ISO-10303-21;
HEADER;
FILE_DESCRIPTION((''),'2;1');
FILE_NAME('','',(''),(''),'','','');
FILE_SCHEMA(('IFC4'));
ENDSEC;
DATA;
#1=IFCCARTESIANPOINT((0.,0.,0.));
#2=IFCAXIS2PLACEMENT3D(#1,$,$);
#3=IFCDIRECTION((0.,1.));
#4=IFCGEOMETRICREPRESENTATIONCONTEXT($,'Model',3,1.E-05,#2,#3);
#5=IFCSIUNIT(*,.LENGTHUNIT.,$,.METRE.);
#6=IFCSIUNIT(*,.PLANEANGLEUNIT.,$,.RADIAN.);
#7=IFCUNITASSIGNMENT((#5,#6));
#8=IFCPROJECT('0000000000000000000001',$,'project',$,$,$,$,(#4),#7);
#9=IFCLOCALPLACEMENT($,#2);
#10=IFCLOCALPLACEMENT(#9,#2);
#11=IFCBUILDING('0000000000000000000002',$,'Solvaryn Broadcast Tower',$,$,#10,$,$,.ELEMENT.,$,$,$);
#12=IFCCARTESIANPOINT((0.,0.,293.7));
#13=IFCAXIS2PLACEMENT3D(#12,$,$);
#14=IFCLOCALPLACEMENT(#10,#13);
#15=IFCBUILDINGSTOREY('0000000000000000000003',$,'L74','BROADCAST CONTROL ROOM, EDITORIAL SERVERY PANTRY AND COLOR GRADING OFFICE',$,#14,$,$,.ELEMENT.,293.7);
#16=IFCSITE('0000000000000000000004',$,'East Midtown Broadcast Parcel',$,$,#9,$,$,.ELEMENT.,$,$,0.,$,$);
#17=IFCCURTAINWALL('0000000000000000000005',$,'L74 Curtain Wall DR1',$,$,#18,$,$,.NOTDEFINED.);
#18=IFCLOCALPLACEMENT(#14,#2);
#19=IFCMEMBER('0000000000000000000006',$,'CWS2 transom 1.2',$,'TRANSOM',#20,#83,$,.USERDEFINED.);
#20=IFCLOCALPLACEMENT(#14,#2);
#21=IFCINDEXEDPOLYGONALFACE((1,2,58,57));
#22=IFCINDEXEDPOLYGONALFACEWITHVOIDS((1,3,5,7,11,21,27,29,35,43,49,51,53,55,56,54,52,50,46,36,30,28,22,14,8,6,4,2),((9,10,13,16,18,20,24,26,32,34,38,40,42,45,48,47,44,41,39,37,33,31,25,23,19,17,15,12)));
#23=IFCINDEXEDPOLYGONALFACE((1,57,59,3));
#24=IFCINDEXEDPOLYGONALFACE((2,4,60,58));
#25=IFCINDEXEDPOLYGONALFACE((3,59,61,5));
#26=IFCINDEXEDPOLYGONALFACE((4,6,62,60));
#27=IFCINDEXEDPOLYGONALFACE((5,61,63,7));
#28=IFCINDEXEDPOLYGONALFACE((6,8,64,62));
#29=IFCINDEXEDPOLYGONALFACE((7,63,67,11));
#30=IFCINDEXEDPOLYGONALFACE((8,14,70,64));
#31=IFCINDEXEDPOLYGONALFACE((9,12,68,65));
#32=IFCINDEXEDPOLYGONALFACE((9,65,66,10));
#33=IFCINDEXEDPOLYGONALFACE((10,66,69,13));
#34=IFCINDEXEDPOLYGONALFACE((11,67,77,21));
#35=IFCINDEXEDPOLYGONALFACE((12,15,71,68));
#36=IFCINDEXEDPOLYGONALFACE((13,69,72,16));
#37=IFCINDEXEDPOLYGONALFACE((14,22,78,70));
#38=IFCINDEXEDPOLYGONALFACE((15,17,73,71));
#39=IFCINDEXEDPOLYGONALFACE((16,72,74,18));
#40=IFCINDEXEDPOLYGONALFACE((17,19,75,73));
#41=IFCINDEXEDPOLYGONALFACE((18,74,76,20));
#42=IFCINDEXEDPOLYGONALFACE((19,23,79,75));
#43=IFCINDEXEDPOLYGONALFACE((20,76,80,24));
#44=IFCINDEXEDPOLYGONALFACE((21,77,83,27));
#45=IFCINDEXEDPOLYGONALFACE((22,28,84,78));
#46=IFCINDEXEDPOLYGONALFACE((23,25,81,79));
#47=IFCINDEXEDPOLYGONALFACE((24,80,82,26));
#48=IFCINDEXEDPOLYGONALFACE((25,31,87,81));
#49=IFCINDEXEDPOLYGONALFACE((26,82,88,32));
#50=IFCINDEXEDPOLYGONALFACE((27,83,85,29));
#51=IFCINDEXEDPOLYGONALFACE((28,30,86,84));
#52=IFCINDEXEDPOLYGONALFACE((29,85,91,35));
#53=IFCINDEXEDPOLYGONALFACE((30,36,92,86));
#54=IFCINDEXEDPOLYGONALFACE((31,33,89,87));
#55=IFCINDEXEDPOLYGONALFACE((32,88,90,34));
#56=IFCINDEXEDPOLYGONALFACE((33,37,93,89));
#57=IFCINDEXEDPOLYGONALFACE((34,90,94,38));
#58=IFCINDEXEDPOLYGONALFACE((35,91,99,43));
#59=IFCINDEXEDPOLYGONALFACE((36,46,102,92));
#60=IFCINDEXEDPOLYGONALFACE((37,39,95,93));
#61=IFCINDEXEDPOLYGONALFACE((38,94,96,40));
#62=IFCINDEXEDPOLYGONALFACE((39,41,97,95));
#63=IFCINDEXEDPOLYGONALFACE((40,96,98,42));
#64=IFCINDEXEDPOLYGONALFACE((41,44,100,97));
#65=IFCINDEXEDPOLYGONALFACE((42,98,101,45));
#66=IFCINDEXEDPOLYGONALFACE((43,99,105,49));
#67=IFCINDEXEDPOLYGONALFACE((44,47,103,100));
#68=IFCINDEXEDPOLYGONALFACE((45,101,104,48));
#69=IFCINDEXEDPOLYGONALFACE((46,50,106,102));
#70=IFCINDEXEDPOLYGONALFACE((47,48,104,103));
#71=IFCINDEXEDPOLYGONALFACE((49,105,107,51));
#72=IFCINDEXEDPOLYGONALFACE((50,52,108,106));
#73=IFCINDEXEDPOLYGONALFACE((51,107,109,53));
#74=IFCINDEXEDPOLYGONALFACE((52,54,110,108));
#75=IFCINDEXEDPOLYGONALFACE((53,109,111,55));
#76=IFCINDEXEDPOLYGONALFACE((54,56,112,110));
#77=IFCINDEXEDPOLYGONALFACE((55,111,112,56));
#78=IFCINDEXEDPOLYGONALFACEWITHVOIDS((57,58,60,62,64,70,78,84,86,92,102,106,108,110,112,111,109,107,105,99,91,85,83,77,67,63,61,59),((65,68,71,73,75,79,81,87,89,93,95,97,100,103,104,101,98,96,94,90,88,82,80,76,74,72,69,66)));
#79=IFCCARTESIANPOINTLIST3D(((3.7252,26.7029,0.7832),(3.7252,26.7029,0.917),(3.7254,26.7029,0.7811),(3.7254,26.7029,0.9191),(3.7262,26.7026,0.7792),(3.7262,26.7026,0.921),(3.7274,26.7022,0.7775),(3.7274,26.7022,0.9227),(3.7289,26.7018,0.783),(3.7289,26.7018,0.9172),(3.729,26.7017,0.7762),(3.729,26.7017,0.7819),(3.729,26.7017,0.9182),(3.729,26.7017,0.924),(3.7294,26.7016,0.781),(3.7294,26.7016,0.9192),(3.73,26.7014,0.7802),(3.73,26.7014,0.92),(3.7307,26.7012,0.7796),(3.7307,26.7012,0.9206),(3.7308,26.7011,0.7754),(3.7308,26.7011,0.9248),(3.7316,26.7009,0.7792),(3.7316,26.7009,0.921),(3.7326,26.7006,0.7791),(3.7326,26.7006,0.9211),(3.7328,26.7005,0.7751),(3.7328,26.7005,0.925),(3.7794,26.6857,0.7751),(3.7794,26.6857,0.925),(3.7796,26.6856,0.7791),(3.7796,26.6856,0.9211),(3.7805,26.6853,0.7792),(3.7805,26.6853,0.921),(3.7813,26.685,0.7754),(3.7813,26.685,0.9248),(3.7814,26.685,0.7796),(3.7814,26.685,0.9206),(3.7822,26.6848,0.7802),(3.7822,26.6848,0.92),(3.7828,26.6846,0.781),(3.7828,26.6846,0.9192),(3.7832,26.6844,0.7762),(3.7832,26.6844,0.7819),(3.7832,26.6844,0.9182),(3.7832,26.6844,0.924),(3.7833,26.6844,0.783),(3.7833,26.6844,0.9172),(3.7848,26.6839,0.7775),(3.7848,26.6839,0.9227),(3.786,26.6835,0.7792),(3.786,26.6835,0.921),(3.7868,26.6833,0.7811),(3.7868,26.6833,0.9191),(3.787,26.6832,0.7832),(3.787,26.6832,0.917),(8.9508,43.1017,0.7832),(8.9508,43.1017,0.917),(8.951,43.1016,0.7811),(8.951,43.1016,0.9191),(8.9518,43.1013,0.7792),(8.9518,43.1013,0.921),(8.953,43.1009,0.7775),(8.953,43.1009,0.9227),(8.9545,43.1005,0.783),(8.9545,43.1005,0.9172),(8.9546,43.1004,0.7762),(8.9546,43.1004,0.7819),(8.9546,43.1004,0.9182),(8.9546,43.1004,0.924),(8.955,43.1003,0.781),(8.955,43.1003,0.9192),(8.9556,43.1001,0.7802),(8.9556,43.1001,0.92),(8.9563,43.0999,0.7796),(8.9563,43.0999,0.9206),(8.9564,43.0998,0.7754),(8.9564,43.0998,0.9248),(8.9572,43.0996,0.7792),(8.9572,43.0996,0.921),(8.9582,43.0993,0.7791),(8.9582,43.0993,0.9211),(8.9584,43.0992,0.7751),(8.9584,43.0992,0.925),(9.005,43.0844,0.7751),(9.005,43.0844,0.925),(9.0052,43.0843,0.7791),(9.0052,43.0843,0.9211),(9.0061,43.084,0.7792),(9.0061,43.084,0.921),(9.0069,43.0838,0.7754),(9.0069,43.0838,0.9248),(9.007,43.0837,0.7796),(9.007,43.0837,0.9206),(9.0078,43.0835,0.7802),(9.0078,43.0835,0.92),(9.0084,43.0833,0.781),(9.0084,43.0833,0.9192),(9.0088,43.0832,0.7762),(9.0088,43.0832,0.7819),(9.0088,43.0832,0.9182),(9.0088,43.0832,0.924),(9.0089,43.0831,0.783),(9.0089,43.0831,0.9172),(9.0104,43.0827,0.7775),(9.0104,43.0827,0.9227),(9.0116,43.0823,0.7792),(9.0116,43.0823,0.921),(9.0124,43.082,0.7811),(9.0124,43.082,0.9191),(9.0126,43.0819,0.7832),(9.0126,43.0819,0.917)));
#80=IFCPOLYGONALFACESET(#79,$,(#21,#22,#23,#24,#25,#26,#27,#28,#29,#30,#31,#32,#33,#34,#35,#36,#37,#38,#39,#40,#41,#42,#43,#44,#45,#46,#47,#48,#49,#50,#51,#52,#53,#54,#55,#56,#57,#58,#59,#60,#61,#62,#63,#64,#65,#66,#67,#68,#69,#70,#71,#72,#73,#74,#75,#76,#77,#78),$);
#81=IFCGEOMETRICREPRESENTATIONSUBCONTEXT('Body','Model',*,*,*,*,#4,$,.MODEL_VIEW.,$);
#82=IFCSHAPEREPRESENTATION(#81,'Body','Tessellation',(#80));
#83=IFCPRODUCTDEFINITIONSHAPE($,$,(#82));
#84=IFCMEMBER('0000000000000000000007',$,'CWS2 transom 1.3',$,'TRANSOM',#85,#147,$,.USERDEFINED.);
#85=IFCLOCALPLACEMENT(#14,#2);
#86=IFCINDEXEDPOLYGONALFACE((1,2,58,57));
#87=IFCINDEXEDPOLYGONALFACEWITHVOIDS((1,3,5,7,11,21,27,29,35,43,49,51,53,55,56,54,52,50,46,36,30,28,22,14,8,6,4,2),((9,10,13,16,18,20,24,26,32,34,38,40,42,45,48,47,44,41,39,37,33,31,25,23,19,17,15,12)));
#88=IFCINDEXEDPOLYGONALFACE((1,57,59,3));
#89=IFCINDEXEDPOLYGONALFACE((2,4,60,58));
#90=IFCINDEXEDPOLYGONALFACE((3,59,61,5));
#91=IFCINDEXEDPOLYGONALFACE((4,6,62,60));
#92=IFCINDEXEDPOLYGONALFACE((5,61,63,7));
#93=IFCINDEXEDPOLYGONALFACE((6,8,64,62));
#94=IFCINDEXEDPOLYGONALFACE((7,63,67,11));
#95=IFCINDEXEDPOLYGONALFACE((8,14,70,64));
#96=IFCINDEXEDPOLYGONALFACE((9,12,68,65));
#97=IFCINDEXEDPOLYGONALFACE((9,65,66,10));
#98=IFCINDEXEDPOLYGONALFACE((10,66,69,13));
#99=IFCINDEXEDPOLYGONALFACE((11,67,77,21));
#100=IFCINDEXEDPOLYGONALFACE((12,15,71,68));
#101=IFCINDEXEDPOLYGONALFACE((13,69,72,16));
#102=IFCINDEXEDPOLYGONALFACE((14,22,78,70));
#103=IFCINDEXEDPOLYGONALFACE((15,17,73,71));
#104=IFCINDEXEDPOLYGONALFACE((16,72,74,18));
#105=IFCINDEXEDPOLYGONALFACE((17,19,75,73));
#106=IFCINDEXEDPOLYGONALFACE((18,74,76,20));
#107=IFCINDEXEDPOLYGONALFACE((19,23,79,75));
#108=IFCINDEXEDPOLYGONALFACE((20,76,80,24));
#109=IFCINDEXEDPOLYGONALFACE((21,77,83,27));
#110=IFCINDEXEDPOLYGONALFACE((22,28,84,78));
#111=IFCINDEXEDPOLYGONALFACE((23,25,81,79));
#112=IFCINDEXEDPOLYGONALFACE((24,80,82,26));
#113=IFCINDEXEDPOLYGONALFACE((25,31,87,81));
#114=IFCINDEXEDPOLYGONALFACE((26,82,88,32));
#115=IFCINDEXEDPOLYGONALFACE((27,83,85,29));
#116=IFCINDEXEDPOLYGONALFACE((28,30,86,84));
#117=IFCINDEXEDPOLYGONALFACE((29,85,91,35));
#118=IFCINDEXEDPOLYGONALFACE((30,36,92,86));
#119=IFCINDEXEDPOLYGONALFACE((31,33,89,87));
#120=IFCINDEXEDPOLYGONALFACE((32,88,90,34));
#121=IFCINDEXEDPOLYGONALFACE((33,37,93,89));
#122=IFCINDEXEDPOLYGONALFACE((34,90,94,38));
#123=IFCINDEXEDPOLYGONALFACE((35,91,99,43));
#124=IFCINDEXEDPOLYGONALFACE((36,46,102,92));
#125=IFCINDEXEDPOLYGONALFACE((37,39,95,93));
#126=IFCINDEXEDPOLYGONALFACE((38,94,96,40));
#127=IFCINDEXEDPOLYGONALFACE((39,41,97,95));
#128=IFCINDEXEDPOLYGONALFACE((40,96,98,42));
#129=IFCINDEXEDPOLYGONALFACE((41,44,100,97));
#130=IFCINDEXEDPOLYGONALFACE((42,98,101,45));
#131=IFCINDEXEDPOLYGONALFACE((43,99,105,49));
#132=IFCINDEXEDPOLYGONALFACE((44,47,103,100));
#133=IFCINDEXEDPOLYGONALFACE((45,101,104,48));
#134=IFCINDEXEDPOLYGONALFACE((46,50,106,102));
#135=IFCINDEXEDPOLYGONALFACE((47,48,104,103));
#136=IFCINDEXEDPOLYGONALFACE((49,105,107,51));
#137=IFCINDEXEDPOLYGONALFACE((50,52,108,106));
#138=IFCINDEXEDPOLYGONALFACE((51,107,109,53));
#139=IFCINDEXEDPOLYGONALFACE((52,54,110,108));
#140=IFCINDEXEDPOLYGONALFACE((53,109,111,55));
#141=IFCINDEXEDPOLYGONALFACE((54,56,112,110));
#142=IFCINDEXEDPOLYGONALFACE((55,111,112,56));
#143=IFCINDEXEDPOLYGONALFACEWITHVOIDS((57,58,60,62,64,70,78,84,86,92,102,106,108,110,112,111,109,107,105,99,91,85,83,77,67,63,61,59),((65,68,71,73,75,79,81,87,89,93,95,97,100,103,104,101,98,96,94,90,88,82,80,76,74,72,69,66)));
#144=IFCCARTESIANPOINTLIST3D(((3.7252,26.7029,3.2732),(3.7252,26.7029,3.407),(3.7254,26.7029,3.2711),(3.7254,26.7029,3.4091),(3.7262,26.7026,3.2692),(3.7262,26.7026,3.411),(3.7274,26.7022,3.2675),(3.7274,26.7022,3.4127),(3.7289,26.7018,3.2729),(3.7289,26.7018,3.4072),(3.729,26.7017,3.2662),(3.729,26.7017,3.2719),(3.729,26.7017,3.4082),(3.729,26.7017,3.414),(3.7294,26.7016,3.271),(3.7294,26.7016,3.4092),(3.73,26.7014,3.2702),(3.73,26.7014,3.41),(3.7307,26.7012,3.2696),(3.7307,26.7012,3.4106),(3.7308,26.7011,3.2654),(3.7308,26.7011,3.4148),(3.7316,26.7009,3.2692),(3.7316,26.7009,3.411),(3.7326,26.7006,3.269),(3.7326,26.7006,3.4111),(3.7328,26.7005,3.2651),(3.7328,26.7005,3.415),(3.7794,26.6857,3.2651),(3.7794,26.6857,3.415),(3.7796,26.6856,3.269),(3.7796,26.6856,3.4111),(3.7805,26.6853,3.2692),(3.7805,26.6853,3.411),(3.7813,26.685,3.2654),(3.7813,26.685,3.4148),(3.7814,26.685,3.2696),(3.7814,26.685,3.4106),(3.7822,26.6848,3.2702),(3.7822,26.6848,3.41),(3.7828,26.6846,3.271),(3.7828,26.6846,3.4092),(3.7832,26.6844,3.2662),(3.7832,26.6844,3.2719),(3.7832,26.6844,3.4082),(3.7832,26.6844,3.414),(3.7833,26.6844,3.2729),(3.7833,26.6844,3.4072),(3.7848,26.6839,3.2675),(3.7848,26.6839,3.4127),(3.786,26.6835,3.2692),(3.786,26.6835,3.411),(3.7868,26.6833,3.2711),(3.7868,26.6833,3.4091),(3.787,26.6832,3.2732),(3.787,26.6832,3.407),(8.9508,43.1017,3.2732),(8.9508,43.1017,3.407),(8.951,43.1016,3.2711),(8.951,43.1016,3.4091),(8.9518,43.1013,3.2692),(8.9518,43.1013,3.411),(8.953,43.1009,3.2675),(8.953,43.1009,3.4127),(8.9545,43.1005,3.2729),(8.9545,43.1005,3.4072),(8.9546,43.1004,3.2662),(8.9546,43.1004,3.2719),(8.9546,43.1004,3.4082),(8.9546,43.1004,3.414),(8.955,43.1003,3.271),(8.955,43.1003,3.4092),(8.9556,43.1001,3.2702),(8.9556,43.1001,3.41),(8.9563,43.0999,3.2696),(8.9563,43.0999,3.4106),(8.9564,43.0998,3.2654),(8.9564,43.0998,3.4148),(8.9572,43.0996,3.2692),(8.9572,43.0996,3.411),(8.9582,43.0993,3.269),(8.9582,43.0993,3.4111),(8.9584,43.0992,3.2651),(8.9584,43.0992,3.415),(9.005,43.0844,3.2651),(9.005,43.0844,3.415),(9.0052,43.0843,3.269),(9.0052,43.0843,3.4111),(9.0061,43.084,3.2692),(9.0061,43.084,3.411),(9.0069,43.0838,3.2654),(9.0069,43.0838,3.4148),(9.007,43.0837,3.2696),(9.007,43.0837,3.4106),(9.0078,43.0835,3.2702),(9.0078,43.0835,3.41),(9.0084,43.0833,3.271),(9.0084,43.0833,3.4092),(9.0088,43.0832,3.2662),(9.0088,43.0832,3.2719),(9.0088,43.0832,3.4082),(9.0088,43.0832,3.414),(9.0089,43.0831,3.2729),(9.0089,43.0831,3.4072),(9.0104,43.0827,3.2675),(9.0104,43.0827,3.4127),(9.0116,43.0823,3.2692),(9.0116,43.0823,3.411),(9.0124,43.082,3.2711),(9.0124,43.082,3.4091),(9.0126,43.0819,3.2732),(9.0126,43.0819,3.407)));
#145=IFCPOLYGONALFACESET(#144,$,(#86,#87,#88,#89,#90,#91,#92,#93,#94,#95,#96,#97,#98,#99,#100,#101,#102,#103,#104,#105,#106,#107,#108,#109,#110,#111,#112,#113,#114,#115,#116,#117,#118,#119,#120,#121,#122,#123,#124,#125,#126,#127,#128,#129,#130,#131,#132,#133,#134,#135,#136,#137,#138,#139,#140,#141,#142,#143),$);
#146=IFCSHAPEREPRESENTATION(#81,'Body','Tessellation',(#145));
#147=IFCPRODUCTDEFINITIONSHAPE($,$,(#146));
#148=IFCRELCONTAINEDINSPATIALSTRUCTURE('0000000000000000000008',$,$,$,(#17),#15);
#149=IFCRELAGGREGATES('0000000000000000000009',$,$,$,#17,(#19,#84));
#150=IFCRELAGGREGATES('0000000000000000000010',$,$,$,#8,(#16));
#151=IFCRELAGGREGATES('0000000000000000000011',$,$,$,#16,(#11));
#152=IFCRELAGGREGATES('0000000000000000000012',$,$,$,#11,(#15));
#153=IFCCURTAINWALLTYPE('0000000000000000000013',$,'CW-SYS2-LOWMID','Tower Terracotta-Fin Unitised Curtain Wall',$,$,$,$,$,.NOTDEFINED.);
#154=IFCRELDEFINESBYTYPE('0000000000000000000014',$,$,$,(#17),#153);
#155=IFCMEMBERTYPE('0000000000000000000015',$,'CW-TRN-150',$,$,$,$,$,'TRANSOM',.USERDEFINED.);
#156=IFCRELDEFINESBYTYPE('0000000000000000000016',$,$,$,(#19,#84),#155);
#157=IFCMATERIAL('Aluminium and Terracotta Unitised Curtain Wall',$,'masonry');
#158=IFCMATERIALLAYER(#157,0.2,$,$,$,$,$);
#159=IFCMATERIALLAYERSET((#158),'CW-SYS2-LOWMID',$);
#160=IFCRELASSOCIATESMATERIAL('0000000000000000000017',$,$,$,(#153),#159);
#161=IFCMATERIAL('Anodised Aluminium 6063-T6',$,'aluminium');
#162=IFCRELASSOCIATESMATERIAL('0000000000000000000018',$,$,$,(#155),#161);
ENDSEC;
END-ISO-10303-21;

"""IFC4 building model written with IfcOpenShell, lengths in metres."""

from ifc_helpers import new_model, si_unit, direction, frame, origin, origin_2d, place, context, subcontext, project, spatial, hollow_rectangle, extrude, material, layer, layer_set, material_profile, profile_set, type_object, element, aggregate, save


model = new_model("IFC4")

# Units and contexts
model_context = context("Model", 3, precision=1e-05, world=origin(), true_north=direction((0.0, 1.0)))
body_context = subcontext(model_context, "Body", "Model", "MODEL_VIEW")
ifc_project = project(units=[si_unit("LENGTHUNIT", "METRE"), si_unit("PLANEANGLEUNIT", "RADIAN")], contexts=[model_context])

# Site, building, storey
site_placement = place(None, origin())
site = spatial("IfcSite", under=ifc_project, at=site_placement, Name="East Midtown Broadcast Parcel", CompositionType="ELEMENT", RefElevation=0.0)
building_placement = place(site_placement, origin())
building = spatial("IfcBuilding", under=site, at=building_placement, Name="Solvaryn Broadcast Tower", CompositionType="ELEMENT")
storey_placement = place(building_placement, frame((0.0, 0.0, 293.7)))
storey = spatial("IfcBuildingStorey", under=building, at=storey_placement, Name="L74", Description="BROADCAST CONTROL ROOM, EDITORIAL SERVERY PANTRY AND COLOR GRADING OFFICE", CompositionType="ELEMENT", Elevation=293.7)

# Curtain wall
ifc_material_1 = material(Name="Aluminium and Terracotta Unitised Curtain Wall", Category="masonry")
ifc_layer_1 = layer(ifc_material_1, 0.2)
ifc_layer_set_1 = layer_set([ifc_layer_1], Name="CW-SYS2-LOWMID")
curtain_wall_type = type_object("IfcCurtainWallType", Name="CW-SYS2-LOWMID", Description="Tower Terracotta-Fin Unitised Curtain Wall", PredefinedType="NOTDEFINED", material=ifc_layer_set_1)
curtain_wall_1_placement = place(storey_placement, origin())
curtain_wall_1 = element("IfcCurtainWall", 1, at=curtain_wall_1_placement, inside=storey, type_object=curtain_wall_type, Name="L74 Curtain Wall DR1", PredefinedType="NOTDEFINED")

# Members
ifc_material_2 = material(Name="Anodised Aluminium 6063-T6", Category="aluminium")
ifc_material_profile_1 = material_profile(ifc_material_2, hollow_rectangle(XDim=0.0649, YDim=0.1499, WallThickness=0.0039, InnerFilletRadius=0.0039, OuterFilletRadius=0.0081, at=origin_2d()))
ifc_profile_set_1 = profile_set([ifc_material_profile_1], Name="Anodised Aluminium 6063-T6")
member_type_1 = type_object("IfcMemberType", Name="CW-TRN-150", ElementType="TRANSOM", PredefinedType="USERDEFINED", material=ifc_profile_set_1)
member_1_placement = place(storey_placement, frame((8.9817, 43.0918, 0.8501), z_axis=(-0.303616, -0.952794, 0.0), x_axis=(0.952794, -0.303616, 0.0)))
member_1 = element("IfcMember", 2, at=member_1_placement, type_object=member_type_1, Name="CWS2 transom 1.2", ObjectType="TRANSOM", PredefinedType="USERDEFINED", context=body_context, shape_type="SweptSolid", body=[
    extrude(hollow_rectangle(XDim=0.0649, YDim=0.1499, WallThickness=0.0039, InnerFilletRadius=0.0039, OuterFilletRadius=0.0081, at=origin_2d()), origin(), (0.0, 0.0, 1.0), 17.2112),
])
member_2_placement = place(storey_placement, frame((8.9817, 43.0918, 3.3401), z_axis=(-0.303616, -0.952794, 0.0), x_axis=(0.952794, -0.303616, 0.0)))
member_2 = element("IfcMember", 3, at=member_2_placement, type_object=member_type_1, Name="CWS2 transom 1.3", ObjectType="TRANSOM", PredefinedType="USERDEFINED", context=body_context, shape_type="SweptSolid", body=[
    extrude(hollow_rectangle(XDim=0.0649, YDim=0.1499, WallThickness=0.0039, InnerFilletRadius=0.0039, OuterFilletRadius=0.0081, at=origin_2d()), origin(), (0.0, 0.0, 1.0), 17.2112),
])
aggregate(curtain_wall_1, [member_1, member_2])

save(model, "model.ifc")
